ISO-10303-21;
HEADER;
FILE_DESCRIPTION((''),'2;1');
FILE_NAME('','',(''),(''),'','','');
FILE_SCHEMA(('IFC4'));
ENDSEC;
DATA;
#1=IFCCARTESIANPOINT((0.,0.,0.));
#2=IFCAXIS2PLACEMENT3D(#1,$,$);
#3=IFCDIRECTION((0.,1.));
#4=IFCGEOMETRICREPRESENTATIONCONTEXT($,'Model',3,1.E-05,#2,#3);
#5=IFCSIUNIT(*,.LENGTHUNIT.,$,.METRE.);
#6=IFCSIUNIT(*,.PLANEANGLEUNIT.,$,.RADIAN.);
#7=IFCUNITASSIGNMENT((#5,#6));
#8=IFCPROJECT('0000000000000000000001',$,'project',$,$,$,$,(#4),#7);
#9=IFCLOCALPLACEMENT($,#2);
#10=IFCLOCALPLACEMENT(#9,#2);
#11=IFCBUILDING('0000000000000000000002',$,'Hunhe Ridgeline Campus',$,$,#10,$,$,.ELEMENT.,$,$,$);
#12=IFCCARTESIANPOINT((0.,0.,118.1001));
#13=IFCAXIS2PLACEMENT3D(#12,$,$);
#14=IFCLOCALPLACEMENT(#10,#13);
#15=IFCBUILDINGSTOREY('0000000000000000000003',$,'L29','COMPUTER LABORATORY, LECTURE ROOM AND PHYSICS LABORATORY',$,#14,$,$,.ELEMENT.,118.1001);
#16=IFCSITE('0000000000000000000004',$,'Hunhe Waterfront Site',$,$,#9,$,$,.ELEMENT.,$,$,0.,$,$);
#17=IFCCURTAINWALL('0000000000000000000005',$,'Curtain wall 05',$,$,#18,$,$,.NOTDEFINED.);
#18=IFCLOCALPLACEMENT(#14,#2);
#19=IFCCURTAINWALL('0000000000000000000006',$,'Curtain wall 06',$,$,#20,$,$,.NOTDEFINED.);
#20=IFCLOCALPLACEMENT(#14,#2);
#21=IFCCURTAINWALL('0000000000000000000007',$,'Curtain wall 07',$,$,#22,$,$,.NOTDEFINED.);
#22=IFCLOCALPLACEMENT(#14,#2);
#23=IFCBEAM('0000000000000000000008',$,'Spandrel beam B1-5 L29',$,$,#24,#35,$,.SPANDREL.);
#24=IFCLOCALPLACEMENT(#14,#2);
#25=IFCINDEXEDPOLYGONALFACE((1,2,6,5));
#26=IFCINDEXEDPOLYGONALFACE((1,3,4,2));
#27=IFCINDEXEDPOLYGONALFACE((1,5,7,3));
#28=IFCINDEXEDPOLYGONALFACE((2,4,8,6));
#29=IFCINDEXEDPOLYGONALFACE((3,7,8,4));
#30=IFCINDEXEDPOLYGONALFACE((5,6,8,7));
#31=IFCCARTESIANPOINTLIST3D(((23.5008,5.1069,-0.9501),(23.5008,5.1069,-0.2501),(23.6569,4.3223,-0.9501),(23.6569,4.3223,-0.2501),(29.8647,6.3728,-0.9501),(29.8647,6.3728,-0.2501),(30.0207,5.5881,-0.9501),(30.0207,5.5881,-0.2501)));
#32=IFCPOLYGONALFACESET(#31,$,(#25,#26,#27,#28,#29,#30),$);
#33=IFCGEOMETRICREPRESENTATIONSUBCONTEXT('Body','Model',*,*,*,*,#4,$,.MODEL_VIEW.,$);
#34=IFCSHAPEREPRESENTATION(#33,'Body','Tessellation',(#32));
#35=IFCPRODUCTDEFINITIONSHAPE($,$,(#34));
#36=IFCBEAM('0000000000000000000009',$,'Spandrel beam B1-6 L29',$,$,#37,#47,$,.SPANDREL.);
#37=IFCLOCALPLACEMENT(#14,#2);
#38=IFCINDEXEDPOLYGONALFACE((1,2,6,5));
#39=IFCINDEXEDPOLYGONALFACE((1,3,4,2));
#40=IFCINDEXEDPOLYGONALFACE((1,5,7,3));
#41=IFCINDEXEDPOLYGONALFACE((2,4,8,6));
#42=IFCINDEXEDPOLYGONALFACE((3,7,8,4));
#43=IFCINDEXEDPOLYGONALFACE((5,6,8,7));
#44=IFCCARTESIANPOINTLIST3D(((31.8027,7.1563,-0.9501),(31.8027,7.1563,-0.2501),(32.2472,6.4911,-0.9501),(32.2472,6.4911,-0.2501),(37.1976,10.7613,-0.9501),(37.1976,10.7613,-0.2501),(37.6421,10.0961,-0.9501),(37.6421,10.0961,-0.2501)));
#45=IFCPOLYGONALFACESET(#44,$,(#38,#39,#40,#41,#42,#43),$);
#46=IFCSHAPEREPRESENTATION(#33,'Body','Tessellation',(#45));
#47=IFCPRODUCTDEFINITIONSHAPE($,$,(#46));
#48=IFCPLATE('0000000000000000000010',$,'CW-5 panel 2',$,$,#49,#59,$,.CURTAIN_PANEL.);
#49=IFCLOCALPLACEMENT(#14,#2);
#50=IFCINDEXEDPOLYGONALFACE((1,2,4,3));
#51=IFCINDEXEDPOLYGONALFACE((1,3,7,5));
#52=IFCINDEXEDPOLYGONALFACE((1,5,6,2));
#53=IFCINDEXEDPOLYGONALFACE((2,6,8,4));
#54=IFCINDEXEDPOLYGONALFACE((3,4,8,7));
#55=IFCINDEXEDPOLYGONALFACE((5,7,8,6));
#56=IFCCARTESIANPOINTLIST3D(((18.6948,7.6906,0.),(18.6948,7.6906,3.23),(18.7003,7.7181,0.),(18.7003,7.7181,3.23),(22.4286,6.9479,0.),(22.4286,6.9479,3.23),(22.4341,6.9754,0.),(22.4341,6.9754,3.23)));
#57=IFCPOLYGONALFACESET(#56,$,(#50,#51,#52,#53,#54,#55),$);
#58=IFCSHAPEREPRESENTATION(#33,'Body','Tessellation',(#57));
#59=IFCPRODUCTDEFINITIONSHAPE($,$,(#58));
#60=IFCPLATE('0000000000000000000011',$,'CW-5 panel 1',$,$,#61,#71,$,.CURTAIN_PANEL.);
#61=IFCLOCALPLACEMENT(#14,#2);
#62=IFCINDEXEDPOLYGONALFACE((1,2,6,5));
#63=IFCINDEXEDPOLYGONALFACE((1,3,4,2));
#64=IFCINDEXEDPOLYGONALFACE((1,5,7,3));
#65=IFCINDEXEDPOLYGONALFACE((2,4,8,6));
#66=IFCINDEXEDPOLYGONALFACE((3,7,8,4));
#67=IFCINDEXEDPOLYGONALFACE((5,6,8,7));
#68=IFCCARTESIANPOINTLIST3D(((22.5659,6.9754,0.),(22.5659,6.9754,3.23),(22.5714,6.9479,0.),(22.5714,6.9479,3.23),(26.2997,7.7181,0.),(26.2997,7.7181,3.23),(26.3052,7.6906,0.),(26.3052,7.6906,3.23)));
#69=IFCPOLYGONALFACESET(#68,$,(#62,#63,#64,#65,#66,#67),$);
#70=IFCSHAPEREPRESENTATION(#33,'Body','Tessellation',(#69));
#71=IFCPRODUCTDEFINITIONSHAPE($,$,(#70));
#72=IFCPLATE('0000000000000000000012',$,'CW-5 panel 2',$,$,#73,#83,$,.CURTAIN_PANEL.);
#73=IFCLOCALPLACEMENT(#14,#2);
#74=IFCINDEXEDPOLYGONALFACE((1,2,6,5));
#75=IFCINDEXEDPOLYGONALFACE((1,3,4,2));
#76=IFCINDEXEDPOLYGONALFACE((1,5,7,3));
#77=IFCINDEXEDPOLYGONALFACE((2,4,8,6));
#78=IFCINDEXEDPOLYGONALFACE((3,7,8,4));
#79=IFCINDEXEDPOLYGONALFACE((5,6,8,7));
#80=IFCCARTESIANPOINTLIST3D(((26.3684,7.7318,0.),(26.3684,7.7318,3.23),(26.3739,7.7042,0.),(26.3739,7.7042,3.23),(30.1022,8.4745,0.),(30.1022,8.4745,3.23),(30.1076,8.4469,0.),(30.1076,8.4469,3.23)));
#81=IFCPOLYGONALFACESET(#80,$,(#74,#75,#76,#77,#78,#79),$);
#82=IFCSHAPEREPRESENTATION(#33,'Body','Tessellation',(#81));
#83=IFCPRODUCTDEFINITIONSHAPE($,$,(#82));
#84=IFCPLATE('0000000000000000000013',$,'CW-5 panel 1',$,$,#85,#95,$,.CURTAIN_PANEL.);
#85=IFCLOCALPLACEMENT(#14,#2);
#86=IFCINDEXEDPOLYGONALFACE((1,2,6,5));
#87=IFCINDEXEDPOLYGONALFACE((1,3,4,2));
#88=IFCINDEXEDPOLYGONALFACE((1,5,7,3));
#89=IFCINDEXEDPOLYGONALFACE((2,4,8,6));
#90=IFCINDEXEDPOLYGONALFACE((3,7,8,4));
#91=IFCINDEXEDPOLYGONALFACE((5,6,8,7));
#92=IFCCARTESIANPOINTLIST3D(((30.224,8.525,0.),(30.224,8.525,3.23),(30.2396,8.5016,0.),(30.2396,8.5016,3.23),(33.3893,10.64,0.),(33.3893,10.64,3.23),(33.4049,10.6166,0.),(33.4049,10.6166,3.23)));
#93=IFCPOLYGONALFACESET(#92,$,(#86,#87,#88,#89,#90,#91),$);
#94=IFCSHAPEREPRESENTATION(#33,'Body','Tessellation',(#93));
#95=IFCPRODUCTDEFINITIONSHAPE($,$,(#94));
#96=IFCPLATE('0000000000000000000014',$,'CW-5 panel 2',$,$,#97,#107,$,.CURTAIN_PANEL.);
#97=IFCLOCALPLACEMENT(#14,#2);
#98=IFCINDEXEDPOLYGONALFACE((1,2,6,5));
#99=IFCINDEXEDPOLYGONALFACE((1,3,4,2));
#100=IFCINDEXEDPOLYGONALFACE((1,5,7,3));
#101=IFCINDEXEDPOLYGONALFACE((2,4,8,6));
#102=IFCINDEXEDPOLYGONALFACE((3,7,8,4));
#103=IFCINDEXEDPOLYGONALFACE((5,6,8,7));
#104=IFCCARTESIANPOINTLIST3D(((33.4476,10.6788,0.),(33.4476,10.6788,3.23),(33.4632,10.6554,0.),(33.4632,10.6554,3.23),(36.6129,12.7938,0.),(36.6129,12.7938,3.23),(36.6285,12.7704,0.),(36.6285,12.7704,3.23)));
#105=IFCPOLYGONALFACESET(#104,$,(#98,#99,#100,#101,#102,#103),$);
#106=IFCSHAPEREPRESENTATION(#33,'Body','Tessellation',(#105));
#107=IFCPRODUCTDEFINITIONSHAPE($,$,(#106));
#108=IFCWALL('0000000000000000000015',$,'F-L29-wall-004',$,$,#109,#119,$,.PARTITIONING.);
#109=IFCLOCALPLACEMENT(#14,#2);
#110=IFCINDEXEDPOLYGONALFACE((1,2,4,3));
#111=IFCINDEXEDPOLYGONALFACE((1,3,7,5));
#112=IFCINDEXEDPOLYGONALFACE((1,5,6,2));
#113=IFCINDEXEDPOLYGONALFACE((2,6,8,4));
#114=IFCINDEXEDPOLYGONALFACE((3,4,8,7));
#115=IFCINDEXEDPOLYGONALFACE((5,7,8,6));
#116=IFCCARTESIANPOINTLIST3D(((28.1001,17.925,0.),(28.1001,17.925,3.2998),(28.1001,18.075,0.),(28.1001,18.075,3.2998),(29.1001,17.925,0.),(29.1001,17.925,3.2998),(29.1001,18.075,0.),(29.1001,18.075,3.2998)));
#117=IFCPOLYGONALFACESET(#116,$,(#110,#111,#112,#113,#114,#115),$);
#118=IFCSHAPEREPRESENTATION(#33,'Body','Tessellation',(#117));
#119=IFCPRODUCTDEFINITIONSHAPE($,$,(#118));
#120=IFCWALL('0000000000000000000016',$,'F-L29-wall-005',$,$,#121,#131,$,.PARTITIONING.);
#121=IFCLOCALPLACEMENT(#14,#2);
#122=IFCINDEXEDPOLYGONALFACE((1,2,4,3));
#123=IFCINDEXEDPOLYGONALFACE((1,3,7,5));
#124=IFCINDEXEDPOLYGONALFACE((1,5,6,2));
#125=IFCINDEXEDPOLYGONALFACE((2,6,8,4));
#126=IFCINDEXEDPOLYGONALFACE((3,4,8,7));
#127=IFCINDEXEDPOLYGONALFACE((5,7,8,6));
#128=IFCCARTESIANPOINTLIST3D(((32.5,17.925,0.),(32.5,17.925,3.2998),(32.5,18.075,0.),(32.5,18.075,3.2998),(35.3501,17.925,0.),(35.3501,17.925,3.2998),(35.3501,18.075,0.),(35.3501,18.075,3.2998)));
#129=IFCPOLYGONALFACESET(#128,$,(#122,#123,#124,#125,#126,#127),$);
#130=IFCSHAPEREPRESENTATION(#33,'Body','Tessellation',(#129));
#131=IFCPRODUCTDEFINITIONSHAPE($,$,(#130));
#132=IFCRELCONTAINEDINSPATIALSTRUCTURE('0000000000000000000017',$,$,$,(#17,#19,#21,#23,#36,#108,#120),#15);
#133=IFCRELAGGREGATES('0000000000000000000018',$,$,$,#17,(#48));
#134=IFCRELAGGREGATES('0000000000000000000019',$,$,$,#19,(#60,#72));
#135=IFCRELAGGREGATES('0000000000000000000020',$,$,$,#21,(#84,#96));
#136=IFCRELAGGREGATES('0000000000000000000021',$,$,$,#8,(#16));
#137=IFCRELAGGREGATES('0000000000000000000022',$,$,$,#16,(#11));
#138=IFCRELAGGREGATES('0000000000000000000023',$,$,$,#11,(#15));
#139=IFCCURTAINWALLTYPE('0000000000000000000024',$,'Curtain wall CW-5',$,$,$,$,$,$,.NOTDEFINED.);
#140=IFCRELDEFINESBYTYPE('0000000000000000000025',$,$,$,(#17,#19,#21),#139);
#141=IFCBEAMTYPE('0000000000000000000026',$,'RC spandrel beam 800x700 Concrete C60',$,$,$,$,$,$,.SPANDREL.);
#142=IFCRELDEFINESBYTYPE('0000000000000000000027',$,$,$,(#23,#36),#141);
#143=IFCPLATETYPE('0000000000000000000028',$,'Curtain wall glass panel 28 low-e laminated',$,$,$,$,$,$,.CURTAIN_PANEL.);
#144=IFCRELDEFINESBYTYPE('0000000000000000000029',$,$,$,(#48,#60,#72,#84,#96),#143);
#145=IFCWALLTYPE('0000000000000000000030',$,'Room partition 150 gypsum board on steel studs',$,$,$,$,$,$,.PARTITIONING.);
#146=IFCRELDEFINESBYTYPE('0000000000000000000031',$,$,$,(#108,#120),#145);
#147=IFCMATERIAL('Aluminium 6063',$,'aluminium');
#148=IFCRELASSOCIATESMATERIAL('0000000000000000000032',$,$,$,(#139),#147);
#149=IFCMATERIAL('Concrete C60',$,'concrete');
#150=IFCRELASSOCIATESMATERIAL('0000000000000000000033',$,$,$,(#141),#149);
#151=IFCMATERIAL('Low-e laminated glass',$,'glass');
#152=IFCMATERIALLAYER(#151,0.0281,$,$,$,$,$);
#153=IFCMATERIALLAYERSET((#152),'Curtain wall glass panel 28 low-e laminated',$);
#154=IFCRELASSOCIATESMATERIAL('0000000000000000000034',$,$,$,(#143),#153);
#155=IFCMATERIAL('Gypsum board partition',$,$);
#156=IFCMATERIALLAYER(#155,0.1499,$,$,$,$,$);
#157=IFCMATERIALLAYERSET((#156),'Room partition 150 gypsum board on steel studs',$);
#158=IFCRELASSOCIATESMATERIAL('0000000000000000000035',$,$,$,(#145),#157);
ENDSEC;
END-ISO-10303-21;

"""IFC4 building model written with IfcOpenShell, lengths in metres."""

from ifc_helpers import new_model, si_unit, direction, frame, frame_2d, origin, origin_2d, place, context, subcontext, project, spatial, rectangle, extrude, material, layer, layer_set, material_profile, profile_set, type_object, element, aggregate, save


model = new_model("IFC4")

# Units and contexts
model_context = context("Model", 3, precision=1e-05, world=origin(), true_north=direction((0.0, 1.0)))
body_context = subcontext(model_context, "Body", "Model", "MODEL_VIEW")
ifc_project = project(units=[si_unit("LENGTHUNIT", "METRE"), si_unit("PLANEANGLEUNIT", "RADIAN")], contexts=[model_context])

# Site, building, storey
site_placement = place(None, origin())
site = spatial("IfcSite", under=ifc_project, at=site_placement, Name="Hunhe Waterfront Site", CompositionType="ELEMENT", RefElevation=0.0)
building_placement = place(site_placement, origin())
building = spatial("IfcBuilding", under=site, at=building_placement, Name="Hunhe Ridgeline Campus", CompositionType="ELEMENT")
storey_placement = place(building_placement, frame((0.0, 0.0, 118.1001)))
storey = spatial("IfcBuildingStorey", under=building, at=storey_placement, Name="L29", Description="COMPUTER LABORATORY, LECTURE ROOM AND PHYSICS LABORATORY", CompositionType="ELEMENT", Elevation=118.1001)

# Curtain wall
ifc_material_1 = material(Name="Aluminium 6063", Category="aluminium")
curtain_wall_type = type_object("IfcCurtainWallType", Name="Curtain wall CW-5", PredefinedType="NOTDEFINED", material=ifc_material_1)
curtain_wall_1_placement = place(storey_placement, origin())
curtain_wall_1 = element("IfcCurtainWall", 1, at=curtain_wall_1_placement, inside=storey, type_object=curtain_wall_type, Name="Curtain wall 05", PredefinedType="NOTDEFINED")

# Curtain walls
curtain_wall_2_placement = place(storey_placement, origin())
curtain_wall_2 = element("IfcCurtainWall", 2, at=curtain_wall_2_placement, inside=storey, type_object=curtain_wall_type, Name="Curtain wall 06", PredefinedType="NOTDEFINED")
curtain_wall_3_placement = place(storey_placement, origin())
curtain_wall_3 = element("IfcCurtainWall", 3, at=curtain_wall_3_placement, inside=storey, type_object=curtain_wall_type, Name="Curtain wall 07", PredefinedType="NOTDEFINED")

# Beams
ifc_material_2 = material(Name="Concrete C60", Category="concrete")
ifc_material_profile_1 = material_profile(ifc_material_2, rectangle(XDim=0.8, YDim=0.7, at=origin_2d()))
ifc_profile_set_1 = profile_set([ifc_material_profile_1], Name="Concrete C60")
beam_type = type_object("IfcBeamType", Name="RC spandrel beam 800x700 Concrete C60", PredefinedType="SPANDREL", material=ifc_profile_set_1)
for number, where, z_axis, x_axis, name in (
    (4, (23.5789, 4.7146, -0.6001), (0.980784, 0.195096, 0.0), (-0.195096, 0.980784, 0.0), "Spandrel beam B1-5 L29"),
    (5, (32.0249, 6.8237, -0.6001), (0.831459, 0.555586, 0.0), (-0.555586, 0.831459, 0.0), "Spandrel beam B1-6 L29"),
):
    element("IfcBeam", number, at=place(storey_placement, frame(where, z_axis=z_axis, x_axis=x_axis)), inside=storey, type_object=beam_type, Name=name, PredefinedType="SPANDREL", context=body_context, shape_type="SweptSolid", body=[
        extrude(rectangle(XDim=0.8, YDim=0.7, at=origin_2d()), origin(), (0.0, 0.0, 1.0), 6.4885),
    ])

# Plates
ifc_material_3 = material(Name="Low-e laminated glass", Category="glass")
ifc_layer_1 = layer(ifc_material_3, 0.0281)
ifc_layer_set_1 = layer_set([ifc_layer_1], Name="Curtain wall glass panel 28 low-e laminated")
plate_type = type_object("IfcPlateType", Name="Curtain wall glass panel 28 low-e laminated", PredefinedType="CURTAIN_PANEL", material=ifc_layer_set_1)
plate_1_placement = place(storey_placement, frame((20.5645, 7.333, 0.0), z_axis=(0.0, 0.0, 1.0), x_axis=(0.980785, -0.19509, 0.0)))
plate_1 = element("IfcPlate", 6, at=plate_1_placement, type_object=plate_type, Name="CW-5 panel 2", PredefinedType="CURTAIN_PANEL", context=body_context, shape_type="SweptSolid", body=[
    extrude(rectangle(XDim=3.8069, YDim=0.0281, at=origin_2d()), origin(), (0.0, 0.0, 1.0), 3.23),
])
aggregate(curtain_wall_1, [plate_1])
plate_2_placement = place(storey_placement, frame((24.4355, 7.333, 0.0), z_axis=(0.0, 0.0, 1.0), x_axis=(0.980785, 0.19509, 0.0)))
plate_2 = element("IfcPlate", 7, at=plate_2_placement, type_object=plate_type, Name="CW-5 panel 1", PredefinedType="CURTAIN_PANEL", context=body_context, shape_type="SweptSolid", body=[
    extrude(rectangle(XDim=3.8069, YDim=0.0281, at=origin_2d()), origin(), (0.0, 0.0, 1.0), 3.23),
])
plate_3_placement = place(storey_placement, frame((28.238, 8.0894, 0.0), z_axis=(0.0, 0.0, 1.0), x_axis=(0.980785, 0.19509, 0.0)))
plate_3 = element("IfcPlate", 8, at=plate_3_placement, type_object=plate_type, Name="CW-5 panel 2", PredefinedType="CURTAIN_PANEL", context=body_context, shape_type="SweptSolid", body=[
    extrude(rectangle(XDim=3.8069, YDim=0.0281, at=origin_2d()), origin(), (0.0, 0.0, 1.0), 3.23),
])
aggregate(curtain_wall_2, [plate_2, plate_3])
plate_4_placement = place(storey_placement, frame((31.8145, 9.5708, 0.0), z_axis=(0.0, 0.0, 1.0), x_axis=(0.83147, 0.55557, 0.0)))
plate_4 = element("IfcPlate", 9, at=plate_4_placement, type_object=plate_type, Name="CW-5 panel 1", PredefinedType="CURTAIN_PANEL", context=body_context, shape_type="SweptSolid", body=[
    extrude(rectangle(XDim=3.8069, YDim=0.0281, at=origin_2d()), origin(), (0.0, 0.0, 1.0), 3.23),
])
plate_5_placement = place(storey_placement, frame((35.0381, 11.7246, 0.0), z_axis=(0.0, 0.0, 1.0), x_axis=(0.83147, 0.55557, 0.0)))
plate_5 = element("IfcPlate", 10, at=plate_5_placement, type_object=plate_type, Name="CW-5 panel 2", PredefinedType="CURTAIN_PANEL", context=body_context, shape_type="SweptSolid", body=[
    extrude(rectangle(XDim=3.8069, YDim=0.0281, at=origin_2d()), origin(), (0.0, 0.0, 1.0), 3.23),
])
aggregate(curtain_wall_3, [plate_4, plate_5])

# Shared definitions
ifc_material_4 = material(Name="Gypsum board partition")

# Walls
ifc_layer_2 = layer(ifc_material_4, 0.1499)
ifc_layer_set_2 = layer_set([ifc_layer_2], Name="Room partition 150 gypsum board on steel studs")
wall_type_1 = type_object("IfcWallType", Name="Room partition 150 gypsum board on steel studs", PredefinedType="PARTITIONING", material=ifc_layer_set_2)
wall_1_placement = place(storey_placement, frame((28.1001, 18.0, 0.0), z_axis=(0.0, 0.0, 1.0), x_axis=(1.0, 0.0, 0.0)))
element("IfcWall", 11, at=wall_1_placement, inside=storey, type_object=wall_type_1, Name="F-L29-wall-004", PredefinedType="PARTITIONING", context=body_context, shape_type="SweptSolid", body=[
    extrude(rectangle(XDim=1.0, YDim=0.1499, at=frame_2d((0.5, 0.0))), origin(), (0.0, 0.0, 1.0), 3.2998),
])
wall_2_placement = place(storey_placement, frame((32.5, 18.0, 0.0), z_axis=(0.0, 0.0, 1.0), x_axis=(1.0, 0.0, 0.0)))
element("IfcWall", 12, at=wall_2_placement, inside=storey, type_object=wall_type_1, Name="F-L29-wall-005", PredefinedType="PARTITIONING", context=body_context, shape_type="SweptSolid", body=[
    extrude(rectangle(XDim=2.8501, YDim=0.1499, at=frame_2d((1.425, 0.0))), origin(), (0.0, 0.0, 1.0), 3.2998),
])

save(model, "model.ifc")
